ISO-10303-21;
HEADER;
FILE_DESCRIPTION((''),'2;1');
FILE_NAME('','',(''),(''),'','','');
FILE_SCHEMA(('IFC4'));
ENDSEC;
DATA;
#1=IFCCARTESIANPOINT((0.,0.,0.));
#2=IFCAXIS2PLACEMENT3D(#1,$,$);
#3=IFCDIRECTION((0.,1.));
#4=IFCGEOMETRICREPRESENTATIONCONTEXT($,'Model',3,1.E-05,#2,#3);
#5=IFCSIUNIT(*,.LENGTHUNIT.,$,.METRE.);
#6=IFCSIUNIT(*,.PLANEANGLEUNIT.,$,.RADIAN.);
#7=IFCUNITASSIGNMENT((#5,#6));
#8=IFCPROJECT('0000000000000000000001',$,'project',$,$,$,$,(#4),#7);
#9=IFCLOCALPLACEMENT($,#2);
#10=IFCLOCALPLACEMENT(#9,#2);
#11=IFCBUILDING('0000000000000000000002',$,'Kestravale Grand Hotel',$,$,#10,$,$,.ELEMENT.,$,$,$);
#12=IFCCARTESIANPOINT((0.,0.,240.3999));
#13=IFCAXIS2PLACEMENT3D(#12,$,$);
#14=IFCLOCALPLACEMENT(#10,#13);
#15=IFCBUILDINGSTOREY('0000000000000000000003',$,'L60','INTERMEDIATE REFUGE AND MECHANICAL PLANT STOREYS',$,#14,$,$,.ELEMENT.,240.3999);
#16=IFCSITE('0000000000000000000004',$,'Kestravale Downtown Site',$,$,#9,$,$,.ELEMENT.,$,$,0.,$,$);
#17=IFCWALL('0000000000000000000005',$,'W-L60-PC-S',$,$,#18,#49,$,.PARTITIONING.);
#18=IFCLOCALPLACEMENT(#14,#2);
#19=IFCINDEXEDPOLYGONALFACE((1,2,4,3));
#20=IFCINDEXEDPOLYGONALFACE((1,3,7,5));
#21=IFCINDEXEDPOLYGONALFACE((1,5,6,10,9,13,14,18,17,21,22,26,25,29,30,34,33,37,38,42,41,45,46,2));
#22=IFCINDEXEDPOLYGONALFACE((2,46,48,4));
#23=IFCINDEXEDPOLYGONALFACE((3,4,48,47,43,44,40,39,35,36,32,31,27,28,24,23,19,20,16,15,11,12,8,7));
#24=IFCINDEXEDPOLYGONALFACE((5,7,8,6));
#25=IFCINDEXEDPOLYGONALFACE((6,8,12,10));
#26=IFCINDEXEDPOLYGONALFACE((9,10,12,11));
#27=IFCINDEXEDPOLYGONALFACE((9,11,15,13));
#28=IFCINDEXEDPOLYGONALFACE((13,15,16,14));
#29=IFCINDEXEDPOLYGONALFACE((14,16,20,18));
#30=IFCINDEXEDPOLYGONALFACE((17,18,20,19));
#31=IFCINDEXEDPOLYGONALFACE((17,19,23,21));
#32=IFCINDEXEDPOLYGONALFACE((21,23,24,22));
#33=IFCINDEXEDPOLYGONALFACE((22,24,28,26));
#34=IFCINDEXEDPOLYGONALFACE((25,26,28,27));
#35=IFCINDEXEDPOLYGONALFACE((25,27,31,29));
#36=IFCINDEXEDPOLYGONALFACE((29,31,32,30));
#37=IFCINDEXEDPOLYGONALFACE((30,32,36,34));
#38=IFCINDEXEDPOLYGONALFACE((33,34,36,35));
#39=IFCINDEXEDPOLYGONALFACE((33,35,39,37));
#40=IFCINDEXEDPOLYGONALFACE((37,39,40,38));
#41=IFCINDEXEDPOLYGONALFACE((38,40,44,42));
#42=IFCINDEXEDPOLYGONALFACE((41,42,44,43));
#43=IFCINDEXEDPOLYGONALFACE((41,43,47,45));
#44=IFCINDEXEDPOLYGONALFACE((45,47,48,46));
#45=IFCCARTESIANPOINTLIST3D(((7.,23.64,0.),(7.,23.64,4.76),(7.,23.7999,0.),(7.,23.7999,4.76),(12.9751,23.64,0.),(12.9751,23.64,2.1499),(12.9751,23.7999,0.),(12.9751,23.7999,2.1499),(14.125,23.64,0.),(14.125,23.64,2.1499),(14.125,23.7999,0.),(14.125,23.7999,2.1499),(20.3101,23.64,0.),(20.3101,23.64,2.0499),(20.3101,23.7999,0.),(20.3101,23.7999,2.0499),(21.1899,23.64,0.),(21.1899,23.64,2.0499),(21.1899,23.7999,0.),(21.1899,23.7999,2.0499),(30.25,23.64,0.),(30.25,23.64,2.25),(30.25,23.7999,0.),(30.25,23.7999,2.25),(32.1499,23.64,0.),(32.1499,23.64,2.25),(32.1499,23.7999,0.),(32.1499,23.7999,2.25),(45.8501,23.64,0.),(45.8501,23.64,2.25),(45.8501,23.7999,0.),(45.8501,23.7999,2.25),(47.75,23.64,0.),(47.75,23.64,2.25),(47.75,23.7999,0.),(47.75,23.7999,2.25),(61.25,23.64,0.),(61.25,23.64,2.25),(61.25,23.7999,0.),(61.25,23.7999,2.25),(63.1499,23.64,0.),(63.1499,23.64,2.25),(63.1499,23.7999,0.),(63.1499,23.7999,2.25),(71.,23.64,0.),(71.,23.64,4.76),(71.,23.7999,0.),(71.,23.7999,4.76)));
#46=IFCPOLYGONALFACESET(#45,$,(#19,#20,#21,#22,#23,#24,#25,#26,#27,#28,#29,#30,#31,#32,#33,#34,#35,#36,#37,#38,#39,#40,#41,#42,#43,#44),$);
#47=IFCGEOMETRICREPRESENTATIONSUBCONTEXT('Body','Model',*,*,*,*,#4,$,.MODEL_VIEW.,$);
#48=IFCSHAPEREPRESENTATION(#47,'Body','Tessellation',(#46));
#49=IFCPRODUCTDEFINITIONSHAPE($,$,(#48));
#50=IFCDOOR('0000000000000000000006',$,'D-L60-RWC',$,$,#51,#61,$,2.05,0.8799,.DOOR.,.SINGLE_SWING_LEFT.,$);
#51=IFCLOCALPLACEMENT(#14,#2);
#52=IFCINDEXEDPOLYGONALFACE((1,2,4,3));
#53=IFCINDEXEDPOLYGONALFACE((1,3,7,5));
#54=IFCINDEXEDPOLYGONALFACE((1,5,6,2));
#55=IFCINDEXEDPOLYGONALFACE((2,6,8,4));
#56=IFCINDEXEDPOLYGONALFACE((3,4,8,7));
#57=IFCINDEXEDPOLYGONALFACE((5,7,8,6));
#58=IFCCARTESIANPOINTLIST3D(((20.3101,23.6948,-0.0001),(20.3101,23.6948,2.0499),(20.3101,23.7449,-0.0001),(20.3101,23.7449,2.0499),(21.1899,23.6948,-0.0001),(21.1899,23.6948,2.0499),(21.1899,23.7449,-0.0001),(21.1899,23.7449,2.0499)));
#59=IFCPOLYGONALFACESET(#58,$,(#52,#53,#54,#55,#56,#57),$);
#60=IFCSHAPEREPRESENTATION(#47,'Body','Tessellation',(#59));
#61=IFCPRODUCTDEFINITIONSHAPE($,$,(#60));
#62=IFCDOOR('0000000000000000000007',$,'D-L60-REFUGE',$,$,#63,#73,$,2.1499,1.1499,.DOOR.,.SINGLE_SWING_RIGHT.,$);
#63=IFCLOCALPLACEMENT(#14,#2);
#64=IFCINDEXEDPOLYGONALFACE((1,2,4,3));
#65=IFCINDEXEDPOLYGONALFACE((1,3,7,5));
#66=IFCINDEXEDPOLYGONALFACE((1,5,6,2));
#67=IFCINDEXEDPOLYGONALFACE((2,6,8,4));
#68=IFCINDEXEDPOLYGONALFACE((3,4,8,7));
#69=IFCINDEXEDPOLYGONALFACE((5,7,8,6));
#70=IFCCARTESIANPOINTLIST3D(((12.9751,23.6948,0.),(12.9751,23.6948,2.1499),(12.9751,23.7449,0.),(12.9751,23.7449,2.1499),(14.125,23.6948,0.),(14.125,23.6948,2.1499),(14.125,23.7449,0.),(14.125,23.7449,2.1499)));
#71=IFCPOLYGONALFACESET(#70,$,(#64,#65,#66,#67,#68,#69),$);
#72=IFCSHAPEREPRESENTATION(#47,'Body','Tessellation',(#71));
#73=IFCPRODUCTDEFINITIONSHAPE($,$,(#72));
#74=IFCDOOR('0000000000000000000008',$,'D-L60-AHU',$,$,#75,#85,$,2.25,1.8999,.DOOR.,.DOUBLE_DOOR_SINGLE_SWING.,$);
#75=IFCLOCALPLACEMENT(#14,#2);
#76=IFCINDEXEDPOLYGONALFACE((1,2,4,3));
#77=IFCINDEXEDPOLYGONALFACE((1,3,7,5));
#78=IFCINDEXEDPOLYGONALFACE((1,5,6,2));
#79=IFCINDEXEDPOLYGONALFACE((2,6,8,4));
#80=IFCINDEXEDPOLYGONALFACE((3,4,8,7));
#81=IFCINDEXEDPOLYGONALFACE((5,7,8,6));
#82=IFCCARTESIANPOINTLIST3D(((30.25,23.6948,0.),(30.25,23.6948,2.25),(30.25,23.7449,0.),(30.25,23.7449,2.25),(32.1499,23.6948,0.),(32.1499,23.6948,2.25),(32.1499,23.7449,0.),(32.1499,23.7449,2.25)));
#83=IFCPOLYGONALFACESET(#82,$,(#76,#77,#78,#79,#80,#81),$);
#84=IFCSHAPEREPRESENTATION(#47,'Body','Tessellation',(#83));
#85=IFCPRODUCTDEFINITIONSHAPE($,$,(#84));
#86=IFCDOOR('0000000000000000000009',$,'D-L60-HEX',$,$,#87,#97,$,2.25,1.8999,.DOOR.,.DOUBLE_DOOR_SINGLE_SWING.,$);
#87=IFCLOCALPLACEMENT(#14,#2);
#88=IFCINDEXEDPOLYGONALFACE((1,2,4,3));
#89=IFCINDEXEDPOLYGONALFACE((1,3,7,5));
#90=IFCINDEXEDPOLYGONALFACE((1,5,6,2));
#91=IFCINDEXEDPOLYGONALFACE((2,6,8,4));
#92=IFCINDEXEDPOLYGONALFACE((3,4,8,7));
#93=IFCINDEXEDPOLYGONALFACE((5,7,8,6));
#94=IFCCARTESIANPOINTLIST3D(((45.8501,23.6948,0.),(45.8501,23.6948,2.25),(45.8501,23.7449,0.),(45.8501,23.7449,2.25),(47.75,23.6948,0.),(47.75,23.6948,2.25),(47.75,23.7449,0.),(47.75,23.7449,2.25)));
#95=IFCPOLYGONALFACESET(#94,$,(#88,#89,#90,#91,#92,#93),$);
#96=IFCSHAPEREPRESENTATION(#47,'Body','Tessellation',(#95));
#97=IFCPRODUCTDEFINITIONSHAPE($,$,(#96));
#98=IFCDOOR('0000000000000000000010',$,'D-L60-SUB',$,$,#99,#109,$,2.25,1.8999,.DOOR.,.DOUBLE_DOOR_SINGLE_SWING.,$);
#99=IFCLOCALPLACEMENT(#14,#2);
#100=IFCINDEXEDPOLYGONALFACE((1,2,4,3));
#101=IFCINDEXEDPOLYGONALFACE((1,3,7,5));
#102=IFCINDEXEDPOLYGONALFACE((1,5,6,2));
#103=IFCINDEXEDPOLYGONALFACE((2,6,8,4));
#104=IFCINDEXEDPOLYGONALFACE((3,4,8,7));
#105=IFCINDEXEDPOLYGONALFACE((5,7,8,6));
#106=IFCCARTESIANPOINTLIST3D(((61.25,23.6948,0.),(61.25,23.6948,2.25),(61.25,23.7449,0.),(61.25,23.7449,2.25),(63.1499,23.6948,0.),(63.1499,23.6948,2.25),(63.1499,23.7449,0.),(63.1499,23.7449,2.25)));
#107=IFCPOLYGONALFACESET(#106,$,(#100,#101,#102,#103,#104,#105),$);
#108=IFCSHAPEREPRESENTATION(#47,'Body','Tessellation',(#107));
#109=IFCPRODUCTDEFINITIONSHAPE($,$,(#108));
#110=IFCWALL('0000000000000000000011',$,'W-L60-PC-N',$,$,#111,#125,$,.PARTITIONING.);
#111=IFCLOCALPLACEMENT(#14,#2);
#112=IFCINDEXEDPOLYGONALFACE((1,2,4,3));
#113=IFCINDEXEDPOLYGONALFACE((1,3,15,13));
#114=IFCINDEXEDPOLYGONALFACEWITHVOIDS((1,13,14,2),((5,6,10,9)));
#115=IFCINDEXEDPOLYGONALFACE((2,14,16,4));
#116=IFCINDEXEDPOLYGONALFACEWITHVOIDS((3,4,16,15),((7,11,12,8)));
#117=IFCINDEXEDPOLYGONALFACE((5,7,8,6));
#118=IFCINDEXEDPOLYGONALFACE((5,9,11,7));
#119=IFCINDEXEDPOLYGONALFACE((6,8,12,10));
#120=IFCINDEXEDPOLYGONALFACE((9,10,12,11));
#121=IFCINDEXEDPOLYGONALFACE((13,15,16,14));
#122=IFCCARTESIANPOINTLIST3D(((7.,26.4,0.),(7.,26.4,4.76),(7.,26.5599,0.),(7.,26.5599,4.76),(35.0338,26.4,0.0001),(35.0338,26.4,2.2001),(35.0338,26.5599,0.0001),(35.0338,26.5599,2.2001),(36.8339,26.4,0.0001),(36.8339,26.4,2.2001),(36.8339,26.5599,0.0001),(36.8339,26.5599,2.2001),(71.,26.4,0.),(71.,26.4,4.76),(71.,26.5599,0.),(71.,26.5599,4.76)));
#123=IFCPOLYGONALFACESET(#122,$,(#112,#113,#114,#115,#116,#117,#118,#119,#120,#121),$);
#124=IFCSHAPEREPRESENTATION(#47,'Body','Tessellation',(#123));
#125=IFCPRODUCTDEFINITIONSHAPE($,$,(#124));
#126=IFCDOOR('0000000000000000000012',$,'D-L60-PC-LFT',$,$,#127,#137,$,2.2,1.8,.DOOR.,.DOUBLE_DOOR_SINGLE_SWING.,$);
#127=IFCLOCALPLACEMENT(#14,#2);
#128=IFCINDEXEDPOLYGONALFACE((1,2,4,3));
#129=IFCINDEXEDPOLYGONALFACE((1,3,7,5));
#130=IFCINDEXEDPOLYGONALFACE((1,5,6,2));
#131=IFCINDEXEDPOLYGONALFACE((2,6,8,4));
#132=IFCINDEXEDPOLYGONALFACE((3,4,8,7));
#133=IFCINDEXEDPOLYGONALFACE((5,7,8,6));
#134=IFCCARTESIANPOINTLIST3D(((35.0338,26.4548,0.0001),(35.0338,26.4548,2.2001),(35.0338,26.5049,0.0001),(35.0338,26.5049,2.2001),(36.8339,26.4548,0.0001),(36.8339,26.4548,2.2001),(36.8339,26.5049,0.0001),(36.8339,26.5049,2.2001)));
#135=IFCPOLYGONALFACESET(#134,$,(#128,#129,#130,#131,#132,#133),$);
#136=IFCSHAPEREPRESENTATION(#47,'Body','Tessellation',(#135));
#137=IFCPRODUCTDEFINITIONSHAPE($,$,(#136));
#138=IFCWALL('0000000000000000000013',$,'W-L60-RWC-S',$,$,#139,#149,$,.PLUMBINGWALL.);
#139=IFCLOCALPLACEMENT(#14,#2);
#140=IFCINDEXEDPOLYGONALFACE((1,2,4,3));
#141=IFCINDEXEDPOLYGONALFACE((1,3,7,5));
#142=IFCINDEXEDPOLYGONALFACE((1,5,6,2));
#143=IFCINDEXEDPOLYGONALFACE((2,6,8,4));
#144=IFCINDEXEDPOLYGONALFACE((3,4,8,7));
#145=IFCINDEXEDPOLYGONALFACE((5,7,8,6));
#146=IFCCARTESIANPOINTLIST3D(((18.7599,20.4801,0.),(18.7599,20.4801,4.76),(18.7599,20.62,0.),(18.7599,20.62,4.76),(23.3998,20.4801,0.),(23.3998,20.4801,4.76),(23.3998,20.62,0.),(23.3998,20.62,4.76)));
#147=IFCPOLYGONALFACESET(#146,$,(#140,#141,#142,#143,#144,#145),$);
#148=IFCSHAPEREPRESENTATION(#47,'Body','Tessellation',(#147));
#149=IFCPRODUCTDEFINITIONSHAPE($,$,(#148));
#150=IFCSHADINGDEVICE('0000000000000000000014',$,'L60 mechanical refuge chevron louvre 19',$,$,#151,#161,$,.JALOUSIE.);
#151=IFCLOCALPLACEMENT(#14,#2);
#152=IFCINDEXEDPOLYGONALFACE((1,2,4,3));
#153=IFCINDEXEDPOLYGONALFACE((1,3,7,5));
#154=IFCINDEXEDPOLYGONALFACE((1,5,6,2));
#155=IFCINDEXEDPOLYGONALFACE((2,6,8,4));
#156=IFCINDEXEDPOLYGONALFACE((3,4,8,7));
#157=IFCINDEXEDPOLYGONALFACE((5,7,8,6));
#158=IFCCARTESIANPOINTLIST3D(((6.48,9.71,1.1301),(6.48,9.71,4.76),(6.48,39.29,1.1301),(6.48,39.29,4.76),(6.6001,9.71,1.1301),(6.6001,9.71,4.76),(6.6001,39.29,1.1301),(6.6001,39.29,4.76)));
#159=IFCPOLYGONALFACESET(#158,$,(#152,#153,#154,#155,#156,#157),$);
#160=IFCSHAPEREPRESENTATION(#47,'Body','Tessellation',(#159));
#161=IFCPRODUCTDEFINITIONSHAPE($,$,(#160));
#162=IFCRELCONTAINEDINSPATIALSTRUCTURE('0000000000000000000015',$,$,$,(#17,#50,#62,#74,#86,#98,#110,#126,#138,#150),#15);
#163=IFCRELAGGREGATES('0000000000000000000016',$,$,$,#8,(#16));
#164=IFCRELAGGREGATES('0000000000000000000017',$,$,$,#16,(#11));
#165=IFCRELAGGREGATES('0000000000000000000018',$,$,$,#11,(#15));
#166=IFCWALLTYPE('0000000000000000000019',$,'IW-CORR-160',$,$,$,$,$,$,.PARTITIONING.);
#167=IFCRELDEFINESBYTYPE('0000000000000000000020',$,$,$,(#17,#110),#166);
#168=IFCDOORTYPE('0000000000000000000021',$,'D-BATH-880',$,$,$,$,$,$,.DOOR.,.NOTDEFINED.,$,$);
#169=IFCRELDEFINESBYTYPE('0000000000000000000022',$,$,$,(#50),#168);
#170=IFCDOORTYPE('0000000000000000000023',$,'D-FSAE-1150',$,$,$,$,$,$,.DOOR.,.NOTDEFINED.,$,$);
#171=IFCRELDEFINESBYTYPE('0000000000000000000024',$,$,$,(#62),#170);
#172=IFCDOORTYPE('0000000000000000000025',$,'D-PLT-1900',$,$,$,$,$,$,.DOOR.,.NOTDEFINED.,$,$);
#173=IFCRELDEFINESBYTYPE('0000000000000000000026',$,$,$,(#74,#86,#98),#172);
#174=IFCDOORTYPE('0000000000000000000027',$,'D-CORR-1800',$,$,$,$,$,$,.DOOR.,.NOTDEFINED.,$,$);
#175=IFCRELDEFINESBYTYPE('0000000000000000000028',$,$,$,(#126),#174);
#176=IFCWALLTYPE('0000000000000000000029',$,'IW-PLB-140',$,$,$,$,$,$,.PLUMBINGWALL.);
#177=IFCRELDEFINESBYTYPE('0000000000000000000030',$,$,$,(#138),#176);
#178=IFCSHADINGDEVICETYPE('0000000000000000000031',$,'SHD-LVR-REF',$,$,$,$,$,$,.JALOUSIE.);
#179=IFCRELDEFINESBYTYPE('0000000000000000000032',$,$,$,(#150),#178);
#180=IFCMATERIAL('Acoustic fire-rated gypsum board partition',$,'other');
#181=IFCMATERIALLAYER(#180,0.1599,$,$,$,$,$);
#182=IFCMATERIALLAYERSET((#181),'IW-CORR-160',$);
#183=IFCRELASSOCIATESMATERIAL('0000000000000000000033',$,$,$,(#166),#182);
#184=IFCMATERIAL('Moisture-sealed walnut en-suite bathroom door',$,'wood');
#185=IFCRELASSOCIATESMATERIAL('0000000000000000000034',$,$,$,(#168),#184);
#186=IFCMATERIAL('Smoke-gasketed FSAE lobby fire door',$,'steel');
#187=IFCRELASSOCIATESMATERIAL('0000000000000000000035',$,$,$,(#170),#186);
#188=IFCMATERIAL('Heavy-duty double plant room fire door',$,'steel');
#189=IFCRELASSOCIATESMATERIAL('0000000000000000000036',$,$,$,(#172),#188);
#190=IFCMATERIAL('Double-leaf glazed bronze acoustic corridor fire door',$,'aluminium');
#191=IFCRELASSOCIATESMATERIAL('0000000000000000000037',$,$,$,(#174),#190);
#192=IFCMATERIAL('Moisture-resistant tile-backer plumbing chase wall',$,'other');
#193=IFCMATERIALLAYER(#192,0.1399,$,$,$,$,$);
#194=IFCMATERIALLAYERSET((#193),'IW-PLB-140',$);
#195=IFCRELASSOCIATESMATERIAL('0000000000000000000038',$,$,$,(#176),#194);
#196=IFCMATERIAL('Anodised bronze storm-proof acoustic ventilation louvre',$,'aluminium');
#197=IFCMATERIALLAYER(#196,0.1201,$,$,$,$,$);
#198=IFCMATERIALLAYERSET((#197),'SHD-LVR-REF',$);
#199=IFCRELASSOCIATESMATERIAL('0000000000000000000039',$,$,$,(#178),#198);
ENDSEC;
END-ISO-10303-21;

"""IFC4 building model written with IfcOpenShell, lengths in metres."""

from ifc_helpers import new_model, si_unit, direction, frame, frame_2d, origin, origin_2d, place, context, subcontext, project, spatial, rectangle, extrude, material, layer, layer_set, type_object, element, fill, save


model = new_model("IFC4")

# Units and contexts
model_context = context("Model", 3, precision=1e-05, world=origin(), true_north=direction((0.0, 1.0)))
body_context = subcontext(model_context, "Body", "Model", "MODEL_VIEW")
ifc_project = project(units=[si_unit("LENGTHUNIT", "METRE"), si_unit("PLANEANGLEUNIT", "RADIAN")], contexts=[model_context])

# Site, building, storey
site_placement = place(None, origin())
site = spatial("IfcSite", under=ifc_project, at=site_placement, Name="Kestravale Downtown Site", CompositionType="ELEMENT", RefElevation=0.0)
building_placement = place(site_placement, origin())
building = spatial("IfcBuilding", under=site, at=building_placement, Name="Kestravale Grand Hotel", CompositionType="ELEMENT")
storey_placement = place(building_placement, frame((0.0, 0.0, 240.3999)))
storey = spatial("IfcBuildingStorey", under=building, at=storey_placement, Name="L60", Description="INTERMEDIATE REFUGE AND MECHANICAL PLANT STOREYS", CompositionType="ELEMENT", Elevation=240.3999)

# Wall, openings, doors
ifc_material_1 = material(Name="Acoustic fire-rated gypsum board partition", Category="other")
ifc_layer_1 = layer(ifc_material_1, 0.1599)
ifc_layer_set_1 = layer_set([ifc_layer_1], Name="IW-CORR-160")
wall_type_1 = type_object("IfcWallType", Name="IW-CORR-160", PredefinedType="PARTITIONING", material=ifc_layer_set_1)
wall_1_placement = place(storey_placement, frame((7.0, 23.72, 0.0), z_axis=(0.0, 0.0, 1.0), x_axis=(1.0, 0.0, 0.0)))
wall_1 = element("IfcWall", 1, at=wall_1_placement, inside=storey, type_object=wall_type_1, Name="W-L60-PC-S", PredefinedType="PARTITIONING", context=body_context, shape_type="SweptSolid", body=[
    extrude(rectangle(XDim=64.0, YDim=0.1599, at=frame_2d((32.0, 0.0))), origin(), (0.0, 0.0, 1.0), 4.76),
])
opening_1_placement = place(wall_1_placement, frame((13.3101, 0.0, 0.0)))
opening_1 = element("IfcOpeningElement", 2, at=opening_1_placement, cuts=wall_1, PredefinedType="OPENING", context=body_context, shape_type="SweptSolid", body=[
    extrude(rectangle(XDim=0.8799, YDim=2.05, at=frame_2d((0.4399, 1.0249))), frame((0.0, 0.0898, 0.0), z_axis=(0.0, -1.0, 0.0), x_axis=(1.0, 0.0, 0.0)), (0.0, 0.0, 1.0), 0.1799),
])
opening_2_placement = place(wall_1_placement, frame((5.9751, 0.0, 0.0)))
opening_2 = element("IfcOpeningElement", 3, at=opening_2_placement, cuts=wall_1, PredefinedType="OPENING", context=body_context, shape_type="SweptSolid", body=[
    extrude(rectangle(XDim=1.1499, YDim=2.1499, at=frame_2d((0.575, 1.075))), frame((0.0, 0.0898, 0.0), z_axis=(0.0, -1.0, 0.0), x_axis=(1.0, 0.0, 0.0)), (0.0, 0.0, 1.0), 0.1799),
])
opening_3_placement = place(wall_1_placement, frame((23.25, 0.0, 0.0)))
opening_3 = element("IfcOpeningElement", 4, at=opening_3_placement, cuts=wall_1, PredefinedType="OPENING", context=body_context, shape_type="SweptSolid", body=[
    extrude(rectangle(XDim=1.8999, YDim=2.25, at=frame_2d((0.95, 1.125))), frame((0.0, 0.0898, 0.0), z_axis=(0.0, -1.0, 0.0), x_axis=(1.0, 0.0, 0.0)), (0.0, 0.0, 1.0), 0.1799),
])
opening_4_placement = place(wall_1_placement, frame((38.8501, 0.0, 0.0)))
opening_4 = element("IfcOpeningElement", 5, at=opening_4_placement, cuts=wall_1, PredefinedType="OPENING", context=body_context, shape_type="SweptSolid", body=[
    extrude(rectangle(XDim=1.8999, YDim=2.25, at=frame_2d((0.95, 1.125))), frame((0.0, 0.0898, 0.0), z_axis=(0.0, -1.0, 0.0), x_axis=(1.0, 0.0, 0.0)), (0.0, 0.0, 1.0), 0.1799),
])
opening_5_placement = place(wall_1_placement, frame((54.25, 0.0, 0.0)))
opening_5 = element("IfcOpeningElement", 6, at=opening_5_placement, cuts=wall_1, PredefinedType="OPENING", context=body_context, shape_type="SweptSolid", body=[
    extrude(rectangle(XDim=1.8999, YDim=2.25, at=frame_2d((0.95, 1.125))), frame((0.0, 0.0898, 0.0), z_axis=(0.0, -1.0, 0.0), x_axis=(1.0, 0.0, 0.0)), (0.0, 0.0, 1.0), 0.1799),
])
ifc_material_2 = material(Name="Moisture-sealed walnut en-suite bathroom door", Category="wood")
door_type_1 = type_object("IfcDoorType", Name="D-BATH-880", OperationType="NOTDEFINED", PredefinedType="DOOR", material=ifc_material_2)
door_1_placement = place(opening_1_placement, origin())
door_1 = element("IfcDoor", 7, at=door_1_placement, inside=storey, type_object=door_type_1, Name="D-L60-RWC", OperationType="SINGLE_SWING_LEFT", OverallHeight=2.05, OverallWidth=0.8799, PredefinedType="DOOR", context=body_context, shape_type="SweptSolid", body=[
    extrude(rectangle(XDim=0.8799, YDim=2.05, at=frame_2d((0.4399, 1.0249))), frame((0.0, 0.0249, 0.0), z_axis=(0.0, -1.0, 0.0), x_axis=(1.0, 0.0, 0.0)), (0.0, 0.0, 1.0), 0.05),
])
fill(opening_1, door_1)
ifc_material_3 = material(Name="Smoke-gasketed FSAE lobby fire door", Category="steel")
door_type_2 = type_object("IfcDoorType", Name="D-FSAE-1150", OperationType="NOTDEFINED", PredefinedType="DOOR", material=ifc_material_3)
door_2_placement = place(opening_2_placement, origin())
door_2 = element("IfcDoor", 8, at=door_2_placement, inside=storey, type_object=door_type_2, Name="D-L60-REFUGE", OperationType="SINGLE_SWING_RIGHT", OverallHeight=2.1499, OverallWidth=1.1499, PredefinedType="DOOR", context=body_context, shape_type="SweptSolid", body=[
    extrude(rectangle(XDim=1.1499, YDim=2.1499, at=frame_2d((0.575, 1.075))), frame((0.0, 0.0249, 0.0), z_axis=(0.0, -1.0, 0.0), x_axis=(1.0, 0.0, 0.0)), (0.0, 0.0, 1.0), 0.05),
])
fill(opening_2, door_2)
ifc_material_4 = material(Name="Heavy-duty double plant room fire door", Category="steel")
door_type_3 = type_object("IfcDoorType", Name="D-PLT-1900", OperationType="NOTDEFINED", PredefinedType="DOOR", material=ifc_material_4)
door_3_placement = place(opening_3_placement, origin())
door_3 = element("IfcDoor", 9, at=door_3_placement, inside=storey, type_object=door_type_3, Name="D-L60-AHU", OperationType="DOUBLE_DOOR_SINGLE_SWING", OverallHeight=2.25, OverallWidth=1.8999, PredefinedType="DOOR", context=body_context, shape_type="SweptSolid", body=[
    extrude(rectangle(XDim=1.8999, YDim=2.25, at=frame_2d((0.95, 1.125))), frame((0.0, 0.0249, 0.0), z_axis=(0.0, -1.0, 0.0), x_axis=(1.0, 0.0, 0.0)), (0.0, 0.0, 1.0), 0.05),
])
fill(opening_3, door_3)
door_4_placement = place(opening_4_placement, origin())
door_4 = element("IfcDoor", 10, at=door_4_placement, inside=storey, type_object=door_type_3, Name="D-L60-HEX", OperationType="DOUBLE_DOOR_SINGLE_SWING", OverallHeight=2.25, OverallWidth=1.8999, PredefinedType="DOOR", context=body_context, shape_type="SweptSolid", body=[
    extrude(rectangle(XDim=1.8999, YDim=2.25, at=frame_2d((0.95, 1.125))), frame((0.0, 0.0249, 0.0), z_axis=(0.0, -1.0, 0.0), x_axis=(1.0, 0.0, 0.0)), (0.0, 0.0, 1.0), 0.05),
])
fill(opening_4, door_4)
door_5_placement = place(opening_5_placement, origin())
door_5 = element("IfcDoor", 11, at=door_5_placement, inside=storey, type_object=door_type_3, Name="D-L60-SUB", OperationType="DOUBLE_DOOR_SINGLE_SWING", OverallHeight=2.25, OverallWidth=1.8999, PredefinedType="DOOR", context=body_context, shape_type="SweptSolid", body=[
    extrude(rectangle(XDim=1.8999, YDim=2.25, at=frame_2d((0.95, 1.125))), frame((0.0, 0.0249, 0.0), z_axis=(0.0, -1.0, 0.0), x_axis=(1.0, 0.0, 0.0)), (0.0, 0.0, 1.0), 0.05),
])
fill(opening_5, door_5)

# Wall, opening, door
wall_2_placement = place(storey_placement, frame((7.0, 26.48, 0.0), z_axis=(0.0, 0.0, 1.0), x_axis=(1.0, 0.0, 0.0)))
wall_2 = element("IfcWall", 12, at=wall_2_placement, inside=storey, type_object=wall_type_1, Name="W-L60-PC-N", PredefinedType="PARTITIONING", context=body_context, shape_type="SweptSolid", body=[
    extrude(rectangle(XDim=64.0, YDim=0.1599, at=frame_2d((32.0, 0.0))), origin(), (0.0, 0.0, 1.0), 4.76),
])
opening_6_placement = place(wall_2_placement, frame((28.0339, 0.0, 0.0)))
opening_6 = element("IfcOpeningElement", 13, at=opening_6_placement, cuts=wall_2, PredefinedType="OPENING", context=body_context, shape_type="SweptSolid", body=[
    extrude(rectangle(XDim=1.8, YDim=2.2, at=frame_2d((0.8999, 1.1001))), frame((0.0, 0.0898, 0.0), z_axis=(0.0, -1.0, 0.0), x_axis=(1.0, 0.0, 0.0)), (0.0, 0.0, 1.0), 0.1799),
])
ifc_material_5 = material(Name="Double-leaf glazed bronze acoustic corridor fire door", Category="aluminium")
door_type_4 = type_object("IfcDoorType", Name="D-CORR-1800", OperationType="NOTDEFINED", PredefinedType="DOOR", material=ifc_material_5)
door_6_placement = place(opening_6_placement, origin())
door_6 = element("IfcDoor", 14, at=door_6_placement, inside=storey, type_object=door_type_4, Name="D-L60-PC-LFT", OperationType="DOUBLE_DOOR_SINGLE_SWING", OverallHeight=2.2, OverallWidth=1.8, PredefinedType="DOOR", context=body_context, shape_type="SweptSolid", body=[
    extrude(rectangle(XDim=1.8, YDim=2.2, at=frame_2d((0.8999, 1.1001))), frame((0.0, 0.0249, 0.0), z_axis=(0.0, -1.0, 0.0), x_axis=(1.0, 0.0, 0.0)), (0.0, 0.0, 1.0), 0.05),
])
fill(opening_6, door_6)

# Wall
ifc_material_6 = material(Name="Moisture-resistant tile-backer plumbing chase wall", Category="other")
ifc_layer_2 = layer(ifc_material_6, 0.1399)
ifc_layer_set_2 = layer_set([ifc_layer_2], Name="IW-PLB-140")
wall_type_2 = type_object("IfcWallType", Name="IW-PLB-140", PredefinedType="PLUMBINGWALL", material=ifc_layer_set_2)
wall_3_placement = place(storey_placement, frame((18.76, 20.55, 0.0), z_axis=(0.0, 0.0, 1.0), x_axis=(1.0, 0.0, 0.0)))
element("IfcWall", 15, at=wall_3_placement, inside=storey, type_object=wall_type_2, Name="W-L60-RWC-S", PredefinedType="PLUMBINGWALL", context=body_context, shape_type="SweptSolid", body=[
    extrude(rectangle(XDim=4.6399, YDim=0.1399, at=frame_2d((2.3198, 0.0))), origin(), (0.0, 0.0, 1.0), 4.76),
])

# Shading device
ifc_material_7 = material(Name="Anodised bronze storm-proof acoustic ventilation louvre", Category="aluminium")
ifc_layer_3 = layer(ifc_material_7, 0.1201)
ifc_layer_set_3 = layer_set([ifc_layer_3], Name="SHD-LVR-REF")
shading_device_type = type_object("IfcShadingDeviceType", Name="SHD-LVR-REF", PredefinedType="JALOUSIE", material=ifc_layer_set_3)
shading_device_placement = place(storey_placement, frame((6.54, 24.5, 1.1301), z_axis=(0.0, 0.0, 1.0), x_axis=(0.0, -1.0, 0.0)))
element("IfcShadingDevice", 16, at=shading_device_placement, inside=storey, type_object=shading_device_type, Name="L60 mechanical refuge chevron louvre 19", PredefinedType="JALOUSIE", context=body_context, shape_type="SweptSolid", body=[
    extrude(rectangle(XDim=29.5801, YDim=0.1201, at=origin_2d()), origin(), (0.0, 0.0, 1.0), 3.6299),
])

save(model, "model.ifc")
